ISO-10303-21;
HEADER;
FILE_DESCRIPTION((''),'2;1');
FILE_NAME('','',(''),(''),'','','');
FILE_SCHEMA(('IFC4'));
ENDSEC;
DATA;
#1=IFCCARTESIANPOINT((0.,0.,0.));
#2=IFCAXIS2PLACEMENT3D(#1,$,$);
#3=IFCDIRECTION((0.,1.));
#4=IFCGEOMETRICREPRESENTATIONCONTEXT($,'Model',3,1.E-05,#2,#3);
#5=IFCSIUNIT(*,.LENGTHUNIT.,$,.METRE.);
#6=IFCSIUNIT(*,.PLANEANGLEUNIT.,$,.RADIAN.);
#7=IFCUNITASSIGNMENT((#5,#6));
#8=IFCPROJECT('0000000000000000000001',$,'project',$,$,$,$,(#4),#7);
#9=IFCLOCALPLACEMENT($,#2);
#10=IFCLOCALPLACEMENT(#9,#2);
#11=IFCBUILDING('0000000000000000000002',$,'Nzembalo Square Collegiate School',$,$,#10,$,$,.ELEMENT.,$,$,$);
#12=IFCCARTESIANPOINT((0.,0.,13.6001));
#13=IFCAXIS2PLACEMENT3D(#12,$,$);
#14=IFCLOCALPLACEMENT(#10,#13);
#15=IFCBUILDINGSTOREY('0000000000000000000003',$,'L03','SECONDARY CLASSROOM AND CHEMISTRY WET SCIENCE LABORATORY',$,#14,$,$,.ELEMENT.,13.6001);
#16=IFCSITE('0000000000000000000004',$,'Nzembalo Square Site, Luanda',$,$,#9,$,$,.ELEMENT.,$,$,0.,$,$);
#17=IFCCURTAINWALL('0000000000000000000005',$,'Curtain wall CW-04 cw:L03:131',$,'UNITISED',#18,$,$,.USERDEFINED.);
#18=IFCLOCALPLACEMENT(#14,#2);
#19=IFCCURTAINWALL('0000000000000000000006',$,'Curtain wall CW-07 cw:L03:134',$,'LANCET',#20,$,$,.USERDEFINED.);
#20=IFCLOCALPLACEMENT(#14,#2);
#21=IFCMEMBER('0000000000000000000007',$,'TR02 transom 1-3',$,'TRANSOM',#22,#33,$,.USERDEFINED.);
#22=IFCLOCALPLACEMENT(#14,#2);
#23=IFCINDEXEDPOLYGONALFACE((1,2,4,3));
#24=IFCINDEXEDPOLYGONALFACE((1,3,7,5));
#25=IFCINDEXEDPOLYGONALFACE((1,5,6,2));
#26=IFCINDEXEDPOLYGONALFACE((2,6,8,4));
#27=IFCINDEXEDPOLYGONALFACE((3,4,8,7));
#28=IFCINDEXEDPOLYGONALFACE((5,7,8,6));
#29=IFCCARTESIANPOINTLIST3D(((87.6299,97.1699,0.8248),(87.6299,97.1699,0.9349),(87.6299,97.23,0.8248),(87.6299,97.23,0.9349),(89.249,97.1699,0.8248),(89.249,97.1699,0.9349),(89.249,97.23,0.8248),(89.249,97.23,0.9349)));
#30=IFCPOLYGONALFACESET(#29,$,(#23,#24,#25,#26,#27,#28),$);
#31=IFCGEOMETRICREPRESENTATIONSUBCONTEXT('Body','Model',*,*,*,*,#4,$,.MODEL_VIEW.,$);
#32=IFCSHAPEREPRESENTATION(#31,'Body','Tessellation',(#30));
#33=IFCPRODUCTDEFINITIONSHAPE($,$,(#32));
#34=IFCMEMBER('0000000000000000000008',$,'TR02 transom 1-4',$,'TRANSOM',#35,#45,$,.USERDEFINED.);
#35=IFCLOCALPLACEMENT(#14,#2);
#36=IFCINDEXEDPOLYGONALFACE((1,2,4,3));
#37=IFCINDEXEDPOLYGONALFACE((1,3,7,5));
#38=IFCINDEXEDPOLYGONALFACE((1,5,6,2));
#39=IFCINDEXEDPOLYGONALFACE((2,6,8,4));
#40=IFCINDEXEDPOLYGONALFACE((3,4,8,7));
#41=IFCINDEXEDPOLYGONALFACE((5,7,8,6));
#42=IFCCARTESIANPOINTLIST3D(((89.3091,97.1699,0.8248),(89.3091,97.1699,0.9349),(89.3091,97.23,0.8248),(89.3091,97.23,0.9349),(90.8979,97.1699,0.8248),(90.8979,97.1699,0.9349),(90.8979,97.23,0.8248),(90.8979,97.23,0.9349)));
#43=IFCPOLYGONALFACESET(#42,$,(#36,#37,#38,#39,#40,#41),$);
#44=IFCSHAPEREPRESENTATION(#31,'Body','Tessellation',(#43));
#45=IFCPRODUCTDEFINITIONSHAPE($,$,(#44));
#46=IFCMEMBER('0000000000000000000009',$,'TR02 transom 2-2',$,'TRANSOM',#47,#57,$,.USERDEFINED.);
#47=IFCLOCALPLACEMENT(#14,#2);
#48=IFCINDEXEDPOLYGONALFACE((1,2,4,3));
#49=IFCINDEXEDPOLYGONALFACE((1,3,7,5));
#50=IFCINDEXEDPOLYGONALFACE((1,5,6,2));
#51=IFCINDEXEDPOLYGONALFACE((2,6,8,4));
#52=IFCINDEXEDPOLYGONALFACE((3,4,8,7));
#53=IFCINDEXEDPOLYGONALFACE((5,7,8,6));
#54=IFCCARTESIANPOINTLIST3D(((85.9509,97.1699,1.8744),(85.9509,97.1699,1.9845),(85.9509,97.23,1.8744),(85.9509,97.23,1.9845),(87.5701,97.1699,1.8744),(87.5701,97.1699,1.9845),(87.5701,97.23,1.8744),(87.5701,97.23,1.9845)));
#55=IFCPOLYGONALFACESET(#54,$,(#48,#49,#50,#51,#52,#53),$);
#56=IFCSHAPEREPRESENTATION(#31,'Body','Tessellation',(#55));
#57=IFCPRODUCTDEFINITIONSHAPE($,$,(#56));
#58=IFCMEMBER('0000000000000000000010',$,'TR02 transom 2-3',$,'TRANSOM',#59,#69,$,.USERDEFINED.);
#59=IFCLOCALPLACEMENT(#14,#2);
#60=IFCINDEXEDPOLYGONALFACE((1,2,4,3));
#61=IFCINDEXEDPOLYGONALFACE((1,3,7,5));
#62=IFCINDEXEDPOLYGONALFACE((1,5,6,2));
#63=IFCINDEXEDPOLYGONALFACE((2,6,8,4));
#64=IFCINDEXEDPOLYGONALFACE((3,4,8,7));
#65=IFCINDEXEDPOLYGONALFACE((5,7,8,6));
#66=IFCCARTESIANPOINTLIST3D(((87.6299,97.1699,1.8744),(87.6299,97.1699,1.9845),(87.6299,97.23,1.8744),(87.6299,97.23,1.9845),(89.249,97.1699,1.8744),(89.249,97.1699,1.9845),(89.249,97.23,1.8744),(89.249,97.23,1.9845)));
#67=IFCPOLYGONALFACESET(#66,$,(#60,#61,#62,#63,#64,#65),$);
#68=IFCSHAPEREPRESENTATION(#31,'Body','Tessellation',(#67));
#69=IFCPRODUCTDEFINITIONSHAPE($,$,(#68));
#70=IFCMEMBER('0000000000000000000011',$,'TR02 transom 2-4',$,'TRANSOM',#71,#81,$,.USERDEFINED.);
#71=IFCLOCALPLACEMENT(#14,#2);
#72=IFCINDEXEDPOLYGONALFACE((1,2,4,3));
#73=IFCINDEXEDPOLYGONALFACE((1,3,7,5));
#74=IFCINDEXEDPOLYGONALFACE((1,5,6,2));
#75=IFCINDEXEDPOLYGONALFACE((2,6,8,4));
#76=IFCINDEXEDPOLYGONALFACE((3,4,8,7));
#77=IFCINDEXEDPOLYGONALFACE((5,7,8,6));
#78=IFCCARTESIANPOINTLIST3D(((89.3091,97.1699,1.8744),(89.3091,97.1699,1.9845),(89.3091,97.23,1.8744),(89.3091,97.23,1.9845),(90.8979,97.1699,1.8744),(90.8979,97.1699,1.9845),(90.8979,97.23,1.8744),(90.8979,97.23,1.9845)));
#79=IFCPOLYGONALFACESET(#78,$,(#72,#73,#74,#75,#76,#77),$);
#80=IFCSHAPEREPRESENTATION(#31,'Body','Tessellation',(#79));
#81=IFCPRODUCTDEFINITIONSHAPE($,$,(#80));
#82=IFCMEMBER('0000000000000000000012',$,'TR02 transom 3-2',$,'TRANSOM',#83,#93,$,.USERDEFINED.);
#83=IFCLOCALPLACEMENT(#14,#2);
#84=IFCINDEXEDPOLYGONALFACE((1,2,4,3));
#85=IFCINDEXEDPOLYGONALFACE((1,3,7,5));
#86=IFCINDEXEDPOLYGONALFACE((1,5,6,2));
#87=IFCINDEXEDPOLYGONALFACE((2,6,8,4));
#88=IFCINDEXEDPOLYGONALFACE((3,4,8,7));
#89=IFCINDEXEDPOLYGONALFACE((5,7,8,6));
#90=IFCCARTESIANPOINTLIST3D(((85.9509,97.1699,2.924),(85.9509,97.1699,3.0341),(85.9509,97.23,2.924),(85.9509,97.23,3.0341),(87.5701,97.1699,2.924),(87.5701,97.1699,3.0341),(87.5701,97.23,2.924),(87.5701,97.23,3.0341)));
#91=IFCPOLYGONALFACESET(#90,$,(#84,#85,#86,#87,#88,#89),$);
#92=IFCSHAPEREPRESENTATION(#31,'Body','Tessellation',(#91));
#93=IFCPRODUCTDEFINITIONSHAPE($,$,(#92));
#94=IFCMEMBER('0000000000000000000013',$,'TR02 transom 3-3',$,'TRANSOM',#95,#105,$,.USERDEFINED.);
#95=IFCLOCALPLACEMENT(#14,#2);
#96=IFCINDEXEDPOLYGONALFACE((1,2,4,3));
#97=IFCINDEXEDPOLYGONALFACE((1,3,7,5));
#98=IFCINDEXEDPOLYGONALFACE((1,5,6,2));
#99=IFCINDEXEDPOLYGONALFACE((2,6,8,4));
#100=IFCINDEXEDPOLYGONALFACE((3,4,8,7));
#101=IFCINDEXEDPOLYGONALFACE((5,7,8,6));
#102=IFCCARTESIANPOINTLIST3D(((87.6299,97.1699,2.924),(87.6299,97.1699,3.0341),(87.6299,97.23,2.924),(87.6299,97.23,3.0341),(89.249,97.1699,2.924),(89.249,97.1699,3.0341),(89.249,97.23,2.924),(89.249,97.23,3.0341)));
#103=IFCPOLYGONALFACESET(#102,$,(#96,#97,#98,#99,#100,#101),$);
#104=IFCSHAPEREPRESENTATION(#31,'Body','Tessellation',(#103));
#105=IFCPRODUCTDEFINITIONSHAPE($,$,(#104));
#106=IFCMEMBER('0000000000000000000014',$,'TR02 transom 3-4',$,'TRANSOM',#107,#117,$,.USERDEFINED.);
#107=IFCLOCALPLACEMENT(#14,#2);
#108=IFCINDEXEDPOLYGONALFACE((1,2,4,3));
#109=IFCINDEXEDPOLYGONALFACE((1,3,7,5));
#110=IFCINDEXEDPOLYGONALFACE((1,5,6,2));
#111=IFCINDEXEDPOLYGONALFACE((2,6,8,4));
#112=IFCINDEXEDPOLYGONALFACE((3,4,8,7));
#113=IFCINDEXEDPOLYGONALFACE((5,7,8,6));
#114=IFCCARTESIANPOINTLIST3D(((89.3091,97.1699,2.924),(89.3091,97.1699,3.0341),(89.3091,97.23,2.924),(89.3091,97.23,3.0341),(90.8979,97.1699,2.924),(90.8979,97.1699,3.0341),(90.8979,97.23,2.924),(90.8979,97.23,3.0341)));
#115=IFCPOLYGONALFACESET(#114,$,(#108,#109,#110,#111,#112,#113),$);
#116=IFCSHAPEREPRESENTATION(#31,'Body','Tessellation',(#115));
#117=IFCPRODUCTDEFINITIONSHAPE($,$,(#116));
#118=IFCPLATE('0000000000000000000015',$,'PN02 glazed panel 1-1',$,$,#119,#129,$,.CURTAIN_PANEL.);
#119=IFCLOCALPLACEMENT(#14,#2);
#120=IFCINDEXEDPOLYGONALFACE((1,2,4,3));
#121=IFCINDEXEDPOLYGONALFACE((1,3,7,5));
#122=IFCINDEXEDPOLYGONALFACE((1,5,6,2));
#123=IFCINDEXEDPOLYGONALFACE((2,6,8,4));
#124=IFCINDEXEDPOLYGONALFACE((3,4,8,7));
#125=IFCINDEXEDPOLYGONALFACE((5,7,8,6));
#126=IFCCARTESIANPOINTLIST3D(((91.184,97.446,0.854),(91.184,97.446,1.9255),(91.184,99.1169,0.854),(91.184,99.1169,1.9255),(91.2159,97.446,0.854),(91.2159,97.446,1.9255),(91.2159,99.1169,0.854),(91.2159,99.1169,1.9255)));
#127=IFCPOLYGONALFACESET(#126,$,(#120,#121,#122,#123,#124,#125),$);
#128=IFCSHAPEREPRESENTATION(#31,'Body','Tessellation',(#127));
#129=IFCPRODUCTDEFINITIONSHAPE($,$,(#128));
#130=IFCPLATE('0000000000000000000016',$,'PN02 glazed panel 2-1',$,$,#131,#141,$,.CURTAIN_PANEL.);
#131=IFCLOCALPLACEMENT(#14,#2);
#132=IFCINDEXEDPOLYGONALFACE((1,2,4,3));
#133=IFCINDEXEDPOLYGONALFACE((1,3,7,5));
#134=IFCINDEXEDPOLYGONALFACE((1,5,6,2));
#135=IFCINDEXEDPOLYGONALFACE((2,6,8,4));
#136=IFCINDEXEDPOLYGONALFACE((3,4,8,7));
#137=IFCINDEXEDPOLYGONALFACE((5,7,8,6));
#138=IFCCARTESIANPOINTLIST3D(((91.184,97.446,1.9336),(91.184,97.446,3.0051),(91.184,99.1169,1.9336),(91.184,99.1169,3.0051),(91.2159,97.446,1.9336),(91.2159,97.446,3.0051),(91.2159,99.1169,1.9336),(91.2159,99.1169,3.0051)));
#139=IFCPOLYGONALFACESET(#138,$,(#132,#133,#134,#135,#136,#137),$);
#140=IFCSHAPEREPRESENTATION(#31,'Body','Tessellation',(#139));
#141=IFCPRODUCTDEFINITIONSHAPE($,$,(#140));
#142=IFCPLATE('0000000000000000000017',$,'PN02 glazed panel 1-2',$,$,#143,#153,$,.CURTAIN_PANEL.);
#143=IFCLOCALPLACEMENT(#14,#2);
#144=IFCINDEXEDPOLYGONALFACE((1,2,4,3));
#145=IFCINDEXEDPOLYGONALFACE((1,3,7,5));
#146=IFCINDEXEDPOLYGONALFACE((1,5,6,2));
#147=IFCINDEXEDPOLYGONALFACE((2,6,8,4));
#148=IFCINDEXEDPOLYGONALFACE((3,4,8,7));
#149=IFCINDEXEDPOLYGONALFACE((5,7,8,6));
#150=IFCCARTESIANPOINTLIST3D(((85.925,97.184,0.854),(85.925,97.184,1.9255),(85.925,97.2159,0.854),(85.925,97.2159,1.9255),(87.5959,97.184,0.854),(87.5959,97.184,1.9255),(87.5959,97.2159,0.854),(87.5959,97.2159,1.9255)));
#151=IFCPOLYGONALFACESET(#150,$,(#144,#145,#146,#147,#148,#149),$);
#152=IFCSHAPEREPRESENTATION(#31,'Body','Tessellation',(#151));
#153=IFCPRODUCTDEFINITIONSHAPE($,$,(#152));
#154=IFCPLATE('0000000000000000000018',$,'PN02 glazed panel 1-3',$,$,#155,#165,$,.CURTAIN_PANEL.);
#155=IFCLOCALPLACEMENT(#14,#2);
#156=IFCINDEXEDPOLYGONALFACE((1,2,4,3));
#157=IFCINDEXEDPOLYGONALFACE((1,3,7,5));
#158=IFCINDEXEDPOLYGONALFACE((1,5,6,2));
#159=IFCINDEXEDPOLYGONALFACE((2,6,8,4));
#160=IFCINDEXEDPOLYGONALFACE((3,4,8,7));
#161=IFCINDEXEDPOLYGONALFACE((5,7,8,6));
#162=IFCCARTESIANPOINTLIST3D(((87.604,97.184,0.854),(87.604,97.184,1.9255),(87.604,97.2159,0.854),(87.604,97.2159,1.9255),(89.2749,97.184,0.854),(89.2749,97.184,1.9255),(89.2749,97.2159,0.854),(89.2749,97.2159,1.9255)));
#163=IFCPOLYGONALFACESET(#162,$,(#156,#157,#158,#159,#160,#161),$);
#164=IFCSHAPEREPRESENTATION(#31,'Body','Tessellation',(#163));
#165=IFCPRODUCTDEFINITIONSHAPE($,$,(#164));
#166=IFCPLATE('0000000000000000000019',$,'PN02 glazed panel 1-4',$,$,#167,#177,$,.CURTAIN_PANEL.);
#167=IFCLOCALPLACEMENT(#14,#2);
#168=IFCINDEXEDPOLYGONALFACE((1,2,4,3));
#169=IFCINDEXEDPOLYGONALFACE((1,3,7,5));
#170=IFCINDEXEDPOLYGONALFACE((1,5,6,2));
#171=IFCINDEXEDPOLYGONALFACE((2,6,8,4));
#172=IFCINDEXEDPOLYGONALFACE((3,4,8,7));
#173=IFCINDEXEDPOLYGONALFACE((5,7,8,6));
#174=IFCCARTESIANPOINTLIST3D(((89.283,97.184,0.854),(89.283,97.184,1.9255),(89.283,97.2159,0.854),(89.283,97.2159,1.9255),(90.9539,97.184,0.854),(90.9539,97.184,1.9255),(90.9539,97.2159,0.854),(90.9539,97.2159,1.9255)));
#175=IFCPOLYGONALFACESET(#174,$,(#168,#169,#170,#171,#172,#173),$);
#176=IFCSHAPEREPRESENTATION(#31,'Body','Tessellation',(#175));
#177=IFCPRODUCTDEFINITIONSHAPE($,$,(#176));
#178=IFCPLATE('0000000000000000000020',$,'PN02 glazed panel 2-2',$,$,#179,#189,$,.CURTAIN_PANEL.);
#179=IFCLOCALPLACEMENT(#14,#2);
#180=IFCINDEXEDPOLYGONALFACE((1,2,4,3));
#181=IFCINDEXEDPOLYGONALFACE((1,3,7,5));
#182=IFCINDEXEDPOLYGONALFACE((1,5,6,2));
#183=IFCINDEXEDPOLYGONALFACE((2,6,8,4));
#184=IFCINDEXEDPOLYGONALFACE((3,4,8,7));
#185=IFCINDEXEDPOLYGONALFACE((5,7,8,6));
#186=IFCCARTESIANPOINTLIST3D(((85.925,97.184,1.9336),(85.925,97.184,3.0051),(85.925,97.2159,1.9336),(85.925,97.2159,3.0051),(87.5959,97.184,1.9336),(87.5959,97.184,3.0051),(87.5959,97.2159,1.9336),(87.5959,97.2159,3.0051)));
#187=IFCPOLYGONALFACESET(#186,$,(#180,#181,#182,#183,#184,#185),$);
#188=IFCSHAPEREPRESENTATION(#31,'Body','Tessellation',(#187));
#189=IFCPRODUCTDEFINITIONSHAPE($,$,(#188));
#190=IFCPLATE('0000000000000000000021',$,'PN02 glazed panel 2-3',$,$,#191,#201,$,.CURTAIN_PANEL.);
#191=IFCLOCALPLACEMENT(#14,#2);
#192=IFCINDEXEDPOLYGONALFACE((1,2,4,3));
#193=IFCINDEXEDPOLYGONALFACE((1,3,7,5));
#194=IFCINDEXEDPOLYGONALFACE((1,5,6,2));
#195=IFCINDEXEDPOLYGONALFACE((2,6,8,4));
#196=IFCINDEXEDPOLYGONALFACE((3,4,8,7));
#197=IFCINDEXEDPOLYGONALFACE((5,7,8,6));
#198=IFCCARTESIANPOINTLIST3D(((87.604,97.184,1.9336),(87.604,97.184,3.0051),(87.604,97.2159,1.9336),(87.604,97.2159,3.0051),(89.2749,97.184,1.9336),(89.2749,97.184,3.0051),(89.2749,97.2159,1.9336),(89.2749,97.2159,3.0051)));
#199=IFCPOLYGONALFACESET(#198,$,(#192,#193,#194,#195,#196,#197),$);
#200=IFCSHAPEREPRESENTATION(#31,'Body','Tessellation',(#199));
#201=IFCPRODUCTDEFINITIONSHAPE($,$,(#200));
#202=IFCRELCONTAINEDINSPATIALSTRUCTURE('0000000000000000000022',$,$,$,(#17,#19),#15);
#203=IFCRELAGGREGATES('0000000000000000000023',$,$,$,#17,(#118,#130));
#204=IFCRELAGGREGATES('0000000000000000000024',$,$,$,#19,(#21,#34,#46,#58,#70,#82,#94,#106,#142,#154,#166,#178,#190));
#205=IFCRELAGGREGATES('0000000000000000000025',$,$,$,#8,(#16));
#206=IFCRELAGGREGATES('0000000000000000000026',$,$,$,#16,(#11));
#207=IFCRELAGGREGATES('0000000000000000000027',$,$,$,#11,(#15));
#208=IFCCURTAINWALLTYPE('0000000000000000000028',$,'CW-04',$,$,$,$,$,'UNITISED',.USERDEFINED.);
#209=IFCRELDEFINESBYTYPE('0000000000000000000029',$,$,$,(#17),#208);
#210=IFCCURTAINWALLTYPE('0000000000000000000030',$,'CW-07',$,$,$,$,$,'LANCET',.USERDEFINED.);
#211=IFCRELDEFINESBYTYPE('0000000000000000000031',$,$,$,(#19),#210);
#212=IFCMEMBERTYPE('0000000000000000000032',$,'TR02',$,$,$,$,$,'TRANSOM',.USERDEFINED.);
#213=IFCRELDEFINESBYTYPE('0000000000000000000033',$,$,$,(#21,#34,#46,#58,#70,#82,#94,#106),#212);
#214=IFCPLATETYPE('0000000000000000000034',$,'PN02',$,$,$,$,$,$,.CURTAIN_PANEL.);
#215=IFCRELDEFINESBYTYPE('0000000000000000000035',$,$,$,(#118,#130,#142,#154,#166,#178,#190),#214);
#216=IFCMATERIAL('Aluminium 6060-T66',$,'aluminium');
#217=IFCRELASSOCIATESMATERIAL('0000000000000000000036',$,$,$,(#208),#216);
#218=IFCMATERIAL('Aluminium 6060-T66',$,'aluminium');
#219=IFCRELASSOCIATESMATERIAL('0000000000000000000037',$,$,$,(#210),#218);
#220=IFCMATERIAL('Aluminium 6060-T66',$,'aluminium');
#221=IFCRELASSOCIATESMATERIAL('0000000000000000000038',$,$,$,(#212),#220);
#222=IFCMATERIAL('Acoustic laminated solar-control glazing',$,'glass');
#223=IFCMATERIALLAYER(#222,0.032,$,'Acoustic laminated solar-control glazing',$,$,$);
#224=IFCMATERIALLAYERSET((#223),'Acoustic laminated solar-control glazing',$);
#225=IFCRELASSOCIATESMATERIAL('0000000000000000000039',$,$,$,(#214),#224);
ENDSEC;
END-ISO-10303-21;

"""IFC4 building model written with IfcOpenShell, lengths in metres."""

from ifc_helpers import new_model, si_unit, direction, frame, origin, origin_2d, place, context, subcontext, project, spatial, rectangle, extrude, material, layer, layer_set, material_profile, profile_set, type_object, element, aggregate, save


model = new_model("IFC4")

# Units and contexts
model_context = context("Model", 3, precision=1e-05, world=origin(), true_north=direction((0.0, 1.0)))
body_context = subcontext(model_context, "Body", "Model", "MODEL_VIEW")
ifc_project = project(units=[si_unit("LENGTHUNIT", "METRE"), si_unit("PLANEANGLEUNIT", "RADIAN")], contexts=[model_context])

# Site, building, storey
site_placement = place(None, origin())
site = spatial("IfcSite", under=ifc_project, at=site_placement, Name="Nzembalo Square Site, Luanda", CompositionType="ELEMENT", RefElevation=0.0)
building_placement = place(site_placement, origin())
building = spatial("IfcBuilding", under=site, at=building_placement, Name="Nzembalo Square Collegiate School", CompositionType="ELEMENT")
storey_placement = place(building_placement, frame((0.0, 0.0, 13.6001)))
storey = spatial("IfcBuildingStorey", under=building, at=storey_placement, Name="L03", Description="SECONDARY CLASSROOM AND CHEMISTRY WET SCIENCE LABORATORY", CompositionType="ELEMENT", Elevation=13.6001)

# Curtain walls
ifc_material_1 = material(Name="Aluminium 6060-T66", Category="aluminium")
curtain_wall_type_1 = type_object("IfcCurtainWallType", Name="CW-04", ElementType="UNITISED", PredefinedType="USERDEFINED", material=ifc_material_1)
curtain_wall_1_placement = place(storey_placement, origin())
curtain_wall_1 = element("IfcCurtainWall", 1, at=curtain_wall_1_placement, inside=storey, type_object=curtain_wall_type_1, Name="Curtain wall CW-04 cw:L03:131", ObjectType="UNITISED", PredefinedType="USERDEFINED")
ifc_material_2 = material(Name="Aluminium 6060-T66", Category="aluminium")
curtain_wall_type_2 = type_object("IfcCurtainWallType", Name="CW-07", ElementType="LANCET", PredefinedType="USERDEFINED", material=ifc_material_2)
curtain_wall_2_placement = place(storey_placement, origin())
curtain_wall_2 = element("IfcCurtainWall", 2, at=curtain_wall_2_placement, inside=storey, type_object=curtain_wall_type_2, Name="Curtain wall CW-07 cw:L03:134", ObjectType="LANCET", PredefinedType="USERDEFINED")

# Members
ifc_material_3 = material(Name="Aluminium 6060-T66", Category="aluminium")
ifc_material_profile_1 = material_profile(ifc_material_3, rectangle(XDim=0.0601, YDim=0.1101, at=origin_2d()), Name="ALU T60x110")
ifc_profile_set_1 = profile_set([ifc_material_profile_1], Name="Aluminium 6060-T66")
member_type_1 = type_object("IfcMemberType", Name="TR02", ElementType="TRANSOM", PredefinedType="USERDEFINED", material=ifc_profile_set_1)
member_1_placement = place(storey_placement, frame((87.6299, 97.2, 0.8799), z_axis=(1.0, 0.0, 0.0), x_axis=(0.0, 1.0, 0.0)))
member_1 = element("IfcMember", 3, at=member_1_placement, type_object=member_type_1, Name="TR02 transom 1-3", ObjectType="TRANSOM", PredefinedType="USERDEFINED", context=body_context, shape_type="SweptSolid", body=[
    extrude(rectangle(XDim=0.0601, YDim=0.1101, at=origin_2d()), origin(), (0.0, 0.0, 1.0), 1.6191),
])
member_2_placement = place(storey_placement, frame((89.3091, 97.2, 0.8799), z_axis=(1.0, 0.0, 0.0), x_axis=(0.0, 1.0, 0.0)))
member_2 = element("IfcMember", 4, at=member_2_placement, type_object=member_type_1, Name="TR02 transom 1-4", ObjectType="TRANSOM", PredefinedType="USERDEFINED", context=body_context, shape_type="SweptSolid", body=[
    extrude(rectangle(XDim=0.0601, YDim=0.1101, at=origin_2d()), origin(), (0.0, 0.0, 1.0), 1.5889),
])
member_3_placement = place(storey_placement, frame((85.9509, 97.2, 1.9294), z_axis=(1.0, 0.0, 0.0), x_axis=(0.0, 1.0, 0.0)))
member_3 = element("IfcMember", 5, at=member_3_placement, type_object=member_type_1, Name="TR02 transom 2-2", ObjectType="TRANSOM", PredefinedType="USERDEFINED", context=body_context, shape_type="SweptSolid", body=[
    extrude(rectangle(XDim=0.0601, YDim=0.1101, at=origin_2d()), origin(), (0.0, 0.0, 1.0), 1.6191),
])
member_4_placement = place(storey_placement, frame((87.6299, 97.2, 1.9294), z_axis=(1.0, 0.0, 0.0), x_axis=(0.0, 1.0, 0.0)))
member_4 = element("IfcMember", 6, at=member_4_placement, type_object=member_type_1, Name="TR02 transom 2-3", ObjectType="TRANSOM", PredefinedType="USERDEFINED", context=body_context, shape_type="SweptSolid", body=[
    extrude(rectangle(XDim=0.0601, YDim=0.1101, at=origin_2d()), origin(), (0.0, 0.0, 1.0), 1.6191),
])
member_5_placement = place(storey_placement, frame((89.3091, 97.2, 1.9294), z_axis=(1.0, 0.0, 0.0), x_axis=(0.0, 1.0, 0.0)))
member_5 = element("IfcMember", 7, at=member_5_placement, type_object=member_type_1, Name="TR02 transom 2-4", ObjectType="TRANSOM", PredefinedType="USERDEFINED", context=body_context, shape_type="SweptSolid", body=[
    extrude(rectangle(XDim=0.0601, YDim=0.1101, at=origin_2d()), origin(), (0.0, 0.0, 1.0), 1.5889),
])
member_6_placement = place(storey_placement, frame((85.9509, 97.2, 2.979), z_axis=(1.0, 0.0, 0.0), x_axis=(0.0, 1.0, 0.0)))
member_6 = element("IfcMember", 8, at=member_6_placement, type_object=member_type_1, Name="TR02 transom 3-2", ObjectType="TRANSOM", PredefinedType="USERDEFINED", context=body_context, shape_type="SweptSolid", body=[
    extrude(rectangle(XDim=0.0601, YDim=0.1101, at=origin_2d()), origin(), (0.0, 0.0, 1.0), 1.6191),
])
member_7_placement = place(storey_placement, frame((87.6299, 97.2, 2.979), z_axis=(1.0, 0.0, 0.0), x_axis=(0.0, 1.0, 0.0)))
member_7 = element("IfcMember", 9, at=member_7_placement, type_object=member_type_1, Name="TR02 transom 3-3", ObjectType="TRANSOM", PredefinedType="USERDEFINED", context=body_context, shape_type="SweptSolid", body=[
    extrude(rectangle(XDim=0.0601, YDim=0.1101, at=origin_2d()), origin(), (0.0, 0.0, 1.0), 1.6191),
])
member_8_placement = place(storey_placement, frame((89.3091, 97.2, 2.979), z_axis=(1.0, 0.0, 0.0), x_axis=(0.0, 1.0, 0.0)))
member_8 = element("IfcMember", 10, at=member_8_placement, type_object=member_type_1, Name="TR02 transom 3-4", ObjectType="TRANSOM", PredefinedType="USERDEFINED", context=body_context, shape_type="SweptSolid", body=[
    extrude(rectangle(XDim=0.0601, YDim=0.1101, at=origin_2d()), origin(), (0.0, 0.0, 1.0), 1.5889),
])

# Plates
ifc_material_4 = material(Name="Acoustic laminated solar-control glazing", Category="glass")
ifc_layer_1 = layer(ifc_material_4, 0.032, Name="Acoustic laminated solar-control glazing")
ifc_layer_set_1 = layer_set([ifc_layer_1], Name="Acoustic laminated solar-control glazing")
plate_type = type_object("IfcPlateType", Name="PN02", PredefinedType="CURTAIN_PANEL", material=ifc_layer_set_1)
plate_1_placement = place(storey_placement, frame((91.2, 98.2815, 0.854), z_axis=(0.0, 0.0, 1.0), x_axis=(0.0, 1.0, 0.0)))
plate_1 = element("IfcPlate", 11, at=plate_1_placement, type_object=plate_type, Name="PN02 glazed panel 1-1", PredefinedType="CURTAIN_PANEL", context=body_context, shape_type="SweptSolid", body=[
    extrude(rectangle(XDim=1.6709, YDim=0.032, at=origin_2d()), origin(), (0.0, 0.0, 1.0), 1.0715),
])
plate_2_placement = place(storey_placement, frame((91.2, 98.2815, 1.9336), z_axis=(0.0, 0.0, 1.0), x_axis=(0.0, 1.0, 0.0)))
plate_2 = element("IfcPlate", 12, at=plate_2_placement, type_object=plate_type, Name="PN02 glazed panel 2-1", PredefinedType="CURTAIN_PANEL", context=body_context, shape_type="SweptSolid", body=[
    extrude(rectangle(XDim=1.6709, YDim=0.032, at=origin_2d()), origin(), (0.0, 0.0, 1.0), 1.0715),
])
aggregate(curtain_wall_1, [plate_1, plate_2])
plate_3_placement = place(storey_placement, frame((86.7605, 97.2, 0.854), z_axis=(0.0, 0.0, 1.0), x_axis=(1.0, 0.0, 0.0)))
plate_3 = element("IfcPlate", 13, at=plate_3_placement, type_object=plate_type, Name="PN02 glazed panel 1-2", PredefinedType="CURTAIN_PANEL", context=body_context, shape_type="SweptSolid", body=[
    extrude(rectangle(XDim=1.6709, YDim=0.032, at=origin_2d()), origin(), (0.0, 0.0, 1.0), 1.0715),
])
plate_4_placement = place(storey_placement, frame((88.4395, 97.2, 0.854), z_axis=(0.0, 0.0, 1.0), x_axis=(1.0, 0.0, 0.0)))
plate_4 = element("IfcPlate", 14, at=plate_4_placement, type_object=plate_type, Name="PN02 glazed panel 1-3", PredefinedType="CURTAIN_PANEL", context=body_context, shape_type="SweptSolid", body=[
    extrude(rectangle(XDim=1.6709, YDim=0.032, at=origin_2d()), origin(), (0.0, 0.0, 1.0), 1.0715),
])
plate_5_placement = place(storey_placement, frame((90.1184, 97.2, 0.854), z_axis=(0.0, 0.0, 1.0), x_axis=(1.0, 0.0, 0.0)))
plate_5 = element("IfcPlate", 15, at=plate_5_placement, type_object=plate_type, Name="PN02 glazed panel 1-4", PredefinedType="CURTAIN_PANEL", context=body_context, shape_type="SweptSolid", body=[
    extrude(rectangle(XDim=1.6709, YDim=0.032, at=origin_2d()), origin(), (0.0, 0.0, 1.0), 1.0715),
])
plate_6_placement = place(storey_placement, frame((86.7605, 97.2, 1.9336), z_axis=(0.0, 0.0, 1.0), x_axis=(1.0, 0.0, 0.0)))
plate_6 = element("IfcPlate", 16, at=plate_6_placement, type_object=plate_type, Name="PN02 glazed panel 2-2", PredefinedType="CURTAIN_PANEL", context=body_context, shape_type="SweptSolid", body=[
    extrude(rectangle(XDim=1.6709, YDim=0.032, at=origin_2d()), origin(), (0.0, 0.0, 1.0), 1.0715),
])
plate_7_placement = place(storey_placement, frame((88.4395, 97.2, 1.9336), z_axis=(0.0, 0.0, 1.0), x_axis=(1.0, 0.0, 0.0)))
plate_7 = element("IfcPlate", 17, at=plate_7_placement, type_object=plate_type, Name="PN02 glazed panel 2-3", PredefinedType="CURTAIN_PANEL", context=body_context, shape_type="SweptSolid", body=[
    extrude(rectangle(XDim=1.6709, YDim=0.032, at=origin_2d()), origin(), (0.0, 0.0, 1.0), 1.0715),
])
aggregate(curtain_wall_2, [member_1, member_2, member_3, member_4, member_5, member_6, member_7, member_8, plate_3, plate_4, plate_5, plate_6, plate_7])

save(model, "model.ifc")
